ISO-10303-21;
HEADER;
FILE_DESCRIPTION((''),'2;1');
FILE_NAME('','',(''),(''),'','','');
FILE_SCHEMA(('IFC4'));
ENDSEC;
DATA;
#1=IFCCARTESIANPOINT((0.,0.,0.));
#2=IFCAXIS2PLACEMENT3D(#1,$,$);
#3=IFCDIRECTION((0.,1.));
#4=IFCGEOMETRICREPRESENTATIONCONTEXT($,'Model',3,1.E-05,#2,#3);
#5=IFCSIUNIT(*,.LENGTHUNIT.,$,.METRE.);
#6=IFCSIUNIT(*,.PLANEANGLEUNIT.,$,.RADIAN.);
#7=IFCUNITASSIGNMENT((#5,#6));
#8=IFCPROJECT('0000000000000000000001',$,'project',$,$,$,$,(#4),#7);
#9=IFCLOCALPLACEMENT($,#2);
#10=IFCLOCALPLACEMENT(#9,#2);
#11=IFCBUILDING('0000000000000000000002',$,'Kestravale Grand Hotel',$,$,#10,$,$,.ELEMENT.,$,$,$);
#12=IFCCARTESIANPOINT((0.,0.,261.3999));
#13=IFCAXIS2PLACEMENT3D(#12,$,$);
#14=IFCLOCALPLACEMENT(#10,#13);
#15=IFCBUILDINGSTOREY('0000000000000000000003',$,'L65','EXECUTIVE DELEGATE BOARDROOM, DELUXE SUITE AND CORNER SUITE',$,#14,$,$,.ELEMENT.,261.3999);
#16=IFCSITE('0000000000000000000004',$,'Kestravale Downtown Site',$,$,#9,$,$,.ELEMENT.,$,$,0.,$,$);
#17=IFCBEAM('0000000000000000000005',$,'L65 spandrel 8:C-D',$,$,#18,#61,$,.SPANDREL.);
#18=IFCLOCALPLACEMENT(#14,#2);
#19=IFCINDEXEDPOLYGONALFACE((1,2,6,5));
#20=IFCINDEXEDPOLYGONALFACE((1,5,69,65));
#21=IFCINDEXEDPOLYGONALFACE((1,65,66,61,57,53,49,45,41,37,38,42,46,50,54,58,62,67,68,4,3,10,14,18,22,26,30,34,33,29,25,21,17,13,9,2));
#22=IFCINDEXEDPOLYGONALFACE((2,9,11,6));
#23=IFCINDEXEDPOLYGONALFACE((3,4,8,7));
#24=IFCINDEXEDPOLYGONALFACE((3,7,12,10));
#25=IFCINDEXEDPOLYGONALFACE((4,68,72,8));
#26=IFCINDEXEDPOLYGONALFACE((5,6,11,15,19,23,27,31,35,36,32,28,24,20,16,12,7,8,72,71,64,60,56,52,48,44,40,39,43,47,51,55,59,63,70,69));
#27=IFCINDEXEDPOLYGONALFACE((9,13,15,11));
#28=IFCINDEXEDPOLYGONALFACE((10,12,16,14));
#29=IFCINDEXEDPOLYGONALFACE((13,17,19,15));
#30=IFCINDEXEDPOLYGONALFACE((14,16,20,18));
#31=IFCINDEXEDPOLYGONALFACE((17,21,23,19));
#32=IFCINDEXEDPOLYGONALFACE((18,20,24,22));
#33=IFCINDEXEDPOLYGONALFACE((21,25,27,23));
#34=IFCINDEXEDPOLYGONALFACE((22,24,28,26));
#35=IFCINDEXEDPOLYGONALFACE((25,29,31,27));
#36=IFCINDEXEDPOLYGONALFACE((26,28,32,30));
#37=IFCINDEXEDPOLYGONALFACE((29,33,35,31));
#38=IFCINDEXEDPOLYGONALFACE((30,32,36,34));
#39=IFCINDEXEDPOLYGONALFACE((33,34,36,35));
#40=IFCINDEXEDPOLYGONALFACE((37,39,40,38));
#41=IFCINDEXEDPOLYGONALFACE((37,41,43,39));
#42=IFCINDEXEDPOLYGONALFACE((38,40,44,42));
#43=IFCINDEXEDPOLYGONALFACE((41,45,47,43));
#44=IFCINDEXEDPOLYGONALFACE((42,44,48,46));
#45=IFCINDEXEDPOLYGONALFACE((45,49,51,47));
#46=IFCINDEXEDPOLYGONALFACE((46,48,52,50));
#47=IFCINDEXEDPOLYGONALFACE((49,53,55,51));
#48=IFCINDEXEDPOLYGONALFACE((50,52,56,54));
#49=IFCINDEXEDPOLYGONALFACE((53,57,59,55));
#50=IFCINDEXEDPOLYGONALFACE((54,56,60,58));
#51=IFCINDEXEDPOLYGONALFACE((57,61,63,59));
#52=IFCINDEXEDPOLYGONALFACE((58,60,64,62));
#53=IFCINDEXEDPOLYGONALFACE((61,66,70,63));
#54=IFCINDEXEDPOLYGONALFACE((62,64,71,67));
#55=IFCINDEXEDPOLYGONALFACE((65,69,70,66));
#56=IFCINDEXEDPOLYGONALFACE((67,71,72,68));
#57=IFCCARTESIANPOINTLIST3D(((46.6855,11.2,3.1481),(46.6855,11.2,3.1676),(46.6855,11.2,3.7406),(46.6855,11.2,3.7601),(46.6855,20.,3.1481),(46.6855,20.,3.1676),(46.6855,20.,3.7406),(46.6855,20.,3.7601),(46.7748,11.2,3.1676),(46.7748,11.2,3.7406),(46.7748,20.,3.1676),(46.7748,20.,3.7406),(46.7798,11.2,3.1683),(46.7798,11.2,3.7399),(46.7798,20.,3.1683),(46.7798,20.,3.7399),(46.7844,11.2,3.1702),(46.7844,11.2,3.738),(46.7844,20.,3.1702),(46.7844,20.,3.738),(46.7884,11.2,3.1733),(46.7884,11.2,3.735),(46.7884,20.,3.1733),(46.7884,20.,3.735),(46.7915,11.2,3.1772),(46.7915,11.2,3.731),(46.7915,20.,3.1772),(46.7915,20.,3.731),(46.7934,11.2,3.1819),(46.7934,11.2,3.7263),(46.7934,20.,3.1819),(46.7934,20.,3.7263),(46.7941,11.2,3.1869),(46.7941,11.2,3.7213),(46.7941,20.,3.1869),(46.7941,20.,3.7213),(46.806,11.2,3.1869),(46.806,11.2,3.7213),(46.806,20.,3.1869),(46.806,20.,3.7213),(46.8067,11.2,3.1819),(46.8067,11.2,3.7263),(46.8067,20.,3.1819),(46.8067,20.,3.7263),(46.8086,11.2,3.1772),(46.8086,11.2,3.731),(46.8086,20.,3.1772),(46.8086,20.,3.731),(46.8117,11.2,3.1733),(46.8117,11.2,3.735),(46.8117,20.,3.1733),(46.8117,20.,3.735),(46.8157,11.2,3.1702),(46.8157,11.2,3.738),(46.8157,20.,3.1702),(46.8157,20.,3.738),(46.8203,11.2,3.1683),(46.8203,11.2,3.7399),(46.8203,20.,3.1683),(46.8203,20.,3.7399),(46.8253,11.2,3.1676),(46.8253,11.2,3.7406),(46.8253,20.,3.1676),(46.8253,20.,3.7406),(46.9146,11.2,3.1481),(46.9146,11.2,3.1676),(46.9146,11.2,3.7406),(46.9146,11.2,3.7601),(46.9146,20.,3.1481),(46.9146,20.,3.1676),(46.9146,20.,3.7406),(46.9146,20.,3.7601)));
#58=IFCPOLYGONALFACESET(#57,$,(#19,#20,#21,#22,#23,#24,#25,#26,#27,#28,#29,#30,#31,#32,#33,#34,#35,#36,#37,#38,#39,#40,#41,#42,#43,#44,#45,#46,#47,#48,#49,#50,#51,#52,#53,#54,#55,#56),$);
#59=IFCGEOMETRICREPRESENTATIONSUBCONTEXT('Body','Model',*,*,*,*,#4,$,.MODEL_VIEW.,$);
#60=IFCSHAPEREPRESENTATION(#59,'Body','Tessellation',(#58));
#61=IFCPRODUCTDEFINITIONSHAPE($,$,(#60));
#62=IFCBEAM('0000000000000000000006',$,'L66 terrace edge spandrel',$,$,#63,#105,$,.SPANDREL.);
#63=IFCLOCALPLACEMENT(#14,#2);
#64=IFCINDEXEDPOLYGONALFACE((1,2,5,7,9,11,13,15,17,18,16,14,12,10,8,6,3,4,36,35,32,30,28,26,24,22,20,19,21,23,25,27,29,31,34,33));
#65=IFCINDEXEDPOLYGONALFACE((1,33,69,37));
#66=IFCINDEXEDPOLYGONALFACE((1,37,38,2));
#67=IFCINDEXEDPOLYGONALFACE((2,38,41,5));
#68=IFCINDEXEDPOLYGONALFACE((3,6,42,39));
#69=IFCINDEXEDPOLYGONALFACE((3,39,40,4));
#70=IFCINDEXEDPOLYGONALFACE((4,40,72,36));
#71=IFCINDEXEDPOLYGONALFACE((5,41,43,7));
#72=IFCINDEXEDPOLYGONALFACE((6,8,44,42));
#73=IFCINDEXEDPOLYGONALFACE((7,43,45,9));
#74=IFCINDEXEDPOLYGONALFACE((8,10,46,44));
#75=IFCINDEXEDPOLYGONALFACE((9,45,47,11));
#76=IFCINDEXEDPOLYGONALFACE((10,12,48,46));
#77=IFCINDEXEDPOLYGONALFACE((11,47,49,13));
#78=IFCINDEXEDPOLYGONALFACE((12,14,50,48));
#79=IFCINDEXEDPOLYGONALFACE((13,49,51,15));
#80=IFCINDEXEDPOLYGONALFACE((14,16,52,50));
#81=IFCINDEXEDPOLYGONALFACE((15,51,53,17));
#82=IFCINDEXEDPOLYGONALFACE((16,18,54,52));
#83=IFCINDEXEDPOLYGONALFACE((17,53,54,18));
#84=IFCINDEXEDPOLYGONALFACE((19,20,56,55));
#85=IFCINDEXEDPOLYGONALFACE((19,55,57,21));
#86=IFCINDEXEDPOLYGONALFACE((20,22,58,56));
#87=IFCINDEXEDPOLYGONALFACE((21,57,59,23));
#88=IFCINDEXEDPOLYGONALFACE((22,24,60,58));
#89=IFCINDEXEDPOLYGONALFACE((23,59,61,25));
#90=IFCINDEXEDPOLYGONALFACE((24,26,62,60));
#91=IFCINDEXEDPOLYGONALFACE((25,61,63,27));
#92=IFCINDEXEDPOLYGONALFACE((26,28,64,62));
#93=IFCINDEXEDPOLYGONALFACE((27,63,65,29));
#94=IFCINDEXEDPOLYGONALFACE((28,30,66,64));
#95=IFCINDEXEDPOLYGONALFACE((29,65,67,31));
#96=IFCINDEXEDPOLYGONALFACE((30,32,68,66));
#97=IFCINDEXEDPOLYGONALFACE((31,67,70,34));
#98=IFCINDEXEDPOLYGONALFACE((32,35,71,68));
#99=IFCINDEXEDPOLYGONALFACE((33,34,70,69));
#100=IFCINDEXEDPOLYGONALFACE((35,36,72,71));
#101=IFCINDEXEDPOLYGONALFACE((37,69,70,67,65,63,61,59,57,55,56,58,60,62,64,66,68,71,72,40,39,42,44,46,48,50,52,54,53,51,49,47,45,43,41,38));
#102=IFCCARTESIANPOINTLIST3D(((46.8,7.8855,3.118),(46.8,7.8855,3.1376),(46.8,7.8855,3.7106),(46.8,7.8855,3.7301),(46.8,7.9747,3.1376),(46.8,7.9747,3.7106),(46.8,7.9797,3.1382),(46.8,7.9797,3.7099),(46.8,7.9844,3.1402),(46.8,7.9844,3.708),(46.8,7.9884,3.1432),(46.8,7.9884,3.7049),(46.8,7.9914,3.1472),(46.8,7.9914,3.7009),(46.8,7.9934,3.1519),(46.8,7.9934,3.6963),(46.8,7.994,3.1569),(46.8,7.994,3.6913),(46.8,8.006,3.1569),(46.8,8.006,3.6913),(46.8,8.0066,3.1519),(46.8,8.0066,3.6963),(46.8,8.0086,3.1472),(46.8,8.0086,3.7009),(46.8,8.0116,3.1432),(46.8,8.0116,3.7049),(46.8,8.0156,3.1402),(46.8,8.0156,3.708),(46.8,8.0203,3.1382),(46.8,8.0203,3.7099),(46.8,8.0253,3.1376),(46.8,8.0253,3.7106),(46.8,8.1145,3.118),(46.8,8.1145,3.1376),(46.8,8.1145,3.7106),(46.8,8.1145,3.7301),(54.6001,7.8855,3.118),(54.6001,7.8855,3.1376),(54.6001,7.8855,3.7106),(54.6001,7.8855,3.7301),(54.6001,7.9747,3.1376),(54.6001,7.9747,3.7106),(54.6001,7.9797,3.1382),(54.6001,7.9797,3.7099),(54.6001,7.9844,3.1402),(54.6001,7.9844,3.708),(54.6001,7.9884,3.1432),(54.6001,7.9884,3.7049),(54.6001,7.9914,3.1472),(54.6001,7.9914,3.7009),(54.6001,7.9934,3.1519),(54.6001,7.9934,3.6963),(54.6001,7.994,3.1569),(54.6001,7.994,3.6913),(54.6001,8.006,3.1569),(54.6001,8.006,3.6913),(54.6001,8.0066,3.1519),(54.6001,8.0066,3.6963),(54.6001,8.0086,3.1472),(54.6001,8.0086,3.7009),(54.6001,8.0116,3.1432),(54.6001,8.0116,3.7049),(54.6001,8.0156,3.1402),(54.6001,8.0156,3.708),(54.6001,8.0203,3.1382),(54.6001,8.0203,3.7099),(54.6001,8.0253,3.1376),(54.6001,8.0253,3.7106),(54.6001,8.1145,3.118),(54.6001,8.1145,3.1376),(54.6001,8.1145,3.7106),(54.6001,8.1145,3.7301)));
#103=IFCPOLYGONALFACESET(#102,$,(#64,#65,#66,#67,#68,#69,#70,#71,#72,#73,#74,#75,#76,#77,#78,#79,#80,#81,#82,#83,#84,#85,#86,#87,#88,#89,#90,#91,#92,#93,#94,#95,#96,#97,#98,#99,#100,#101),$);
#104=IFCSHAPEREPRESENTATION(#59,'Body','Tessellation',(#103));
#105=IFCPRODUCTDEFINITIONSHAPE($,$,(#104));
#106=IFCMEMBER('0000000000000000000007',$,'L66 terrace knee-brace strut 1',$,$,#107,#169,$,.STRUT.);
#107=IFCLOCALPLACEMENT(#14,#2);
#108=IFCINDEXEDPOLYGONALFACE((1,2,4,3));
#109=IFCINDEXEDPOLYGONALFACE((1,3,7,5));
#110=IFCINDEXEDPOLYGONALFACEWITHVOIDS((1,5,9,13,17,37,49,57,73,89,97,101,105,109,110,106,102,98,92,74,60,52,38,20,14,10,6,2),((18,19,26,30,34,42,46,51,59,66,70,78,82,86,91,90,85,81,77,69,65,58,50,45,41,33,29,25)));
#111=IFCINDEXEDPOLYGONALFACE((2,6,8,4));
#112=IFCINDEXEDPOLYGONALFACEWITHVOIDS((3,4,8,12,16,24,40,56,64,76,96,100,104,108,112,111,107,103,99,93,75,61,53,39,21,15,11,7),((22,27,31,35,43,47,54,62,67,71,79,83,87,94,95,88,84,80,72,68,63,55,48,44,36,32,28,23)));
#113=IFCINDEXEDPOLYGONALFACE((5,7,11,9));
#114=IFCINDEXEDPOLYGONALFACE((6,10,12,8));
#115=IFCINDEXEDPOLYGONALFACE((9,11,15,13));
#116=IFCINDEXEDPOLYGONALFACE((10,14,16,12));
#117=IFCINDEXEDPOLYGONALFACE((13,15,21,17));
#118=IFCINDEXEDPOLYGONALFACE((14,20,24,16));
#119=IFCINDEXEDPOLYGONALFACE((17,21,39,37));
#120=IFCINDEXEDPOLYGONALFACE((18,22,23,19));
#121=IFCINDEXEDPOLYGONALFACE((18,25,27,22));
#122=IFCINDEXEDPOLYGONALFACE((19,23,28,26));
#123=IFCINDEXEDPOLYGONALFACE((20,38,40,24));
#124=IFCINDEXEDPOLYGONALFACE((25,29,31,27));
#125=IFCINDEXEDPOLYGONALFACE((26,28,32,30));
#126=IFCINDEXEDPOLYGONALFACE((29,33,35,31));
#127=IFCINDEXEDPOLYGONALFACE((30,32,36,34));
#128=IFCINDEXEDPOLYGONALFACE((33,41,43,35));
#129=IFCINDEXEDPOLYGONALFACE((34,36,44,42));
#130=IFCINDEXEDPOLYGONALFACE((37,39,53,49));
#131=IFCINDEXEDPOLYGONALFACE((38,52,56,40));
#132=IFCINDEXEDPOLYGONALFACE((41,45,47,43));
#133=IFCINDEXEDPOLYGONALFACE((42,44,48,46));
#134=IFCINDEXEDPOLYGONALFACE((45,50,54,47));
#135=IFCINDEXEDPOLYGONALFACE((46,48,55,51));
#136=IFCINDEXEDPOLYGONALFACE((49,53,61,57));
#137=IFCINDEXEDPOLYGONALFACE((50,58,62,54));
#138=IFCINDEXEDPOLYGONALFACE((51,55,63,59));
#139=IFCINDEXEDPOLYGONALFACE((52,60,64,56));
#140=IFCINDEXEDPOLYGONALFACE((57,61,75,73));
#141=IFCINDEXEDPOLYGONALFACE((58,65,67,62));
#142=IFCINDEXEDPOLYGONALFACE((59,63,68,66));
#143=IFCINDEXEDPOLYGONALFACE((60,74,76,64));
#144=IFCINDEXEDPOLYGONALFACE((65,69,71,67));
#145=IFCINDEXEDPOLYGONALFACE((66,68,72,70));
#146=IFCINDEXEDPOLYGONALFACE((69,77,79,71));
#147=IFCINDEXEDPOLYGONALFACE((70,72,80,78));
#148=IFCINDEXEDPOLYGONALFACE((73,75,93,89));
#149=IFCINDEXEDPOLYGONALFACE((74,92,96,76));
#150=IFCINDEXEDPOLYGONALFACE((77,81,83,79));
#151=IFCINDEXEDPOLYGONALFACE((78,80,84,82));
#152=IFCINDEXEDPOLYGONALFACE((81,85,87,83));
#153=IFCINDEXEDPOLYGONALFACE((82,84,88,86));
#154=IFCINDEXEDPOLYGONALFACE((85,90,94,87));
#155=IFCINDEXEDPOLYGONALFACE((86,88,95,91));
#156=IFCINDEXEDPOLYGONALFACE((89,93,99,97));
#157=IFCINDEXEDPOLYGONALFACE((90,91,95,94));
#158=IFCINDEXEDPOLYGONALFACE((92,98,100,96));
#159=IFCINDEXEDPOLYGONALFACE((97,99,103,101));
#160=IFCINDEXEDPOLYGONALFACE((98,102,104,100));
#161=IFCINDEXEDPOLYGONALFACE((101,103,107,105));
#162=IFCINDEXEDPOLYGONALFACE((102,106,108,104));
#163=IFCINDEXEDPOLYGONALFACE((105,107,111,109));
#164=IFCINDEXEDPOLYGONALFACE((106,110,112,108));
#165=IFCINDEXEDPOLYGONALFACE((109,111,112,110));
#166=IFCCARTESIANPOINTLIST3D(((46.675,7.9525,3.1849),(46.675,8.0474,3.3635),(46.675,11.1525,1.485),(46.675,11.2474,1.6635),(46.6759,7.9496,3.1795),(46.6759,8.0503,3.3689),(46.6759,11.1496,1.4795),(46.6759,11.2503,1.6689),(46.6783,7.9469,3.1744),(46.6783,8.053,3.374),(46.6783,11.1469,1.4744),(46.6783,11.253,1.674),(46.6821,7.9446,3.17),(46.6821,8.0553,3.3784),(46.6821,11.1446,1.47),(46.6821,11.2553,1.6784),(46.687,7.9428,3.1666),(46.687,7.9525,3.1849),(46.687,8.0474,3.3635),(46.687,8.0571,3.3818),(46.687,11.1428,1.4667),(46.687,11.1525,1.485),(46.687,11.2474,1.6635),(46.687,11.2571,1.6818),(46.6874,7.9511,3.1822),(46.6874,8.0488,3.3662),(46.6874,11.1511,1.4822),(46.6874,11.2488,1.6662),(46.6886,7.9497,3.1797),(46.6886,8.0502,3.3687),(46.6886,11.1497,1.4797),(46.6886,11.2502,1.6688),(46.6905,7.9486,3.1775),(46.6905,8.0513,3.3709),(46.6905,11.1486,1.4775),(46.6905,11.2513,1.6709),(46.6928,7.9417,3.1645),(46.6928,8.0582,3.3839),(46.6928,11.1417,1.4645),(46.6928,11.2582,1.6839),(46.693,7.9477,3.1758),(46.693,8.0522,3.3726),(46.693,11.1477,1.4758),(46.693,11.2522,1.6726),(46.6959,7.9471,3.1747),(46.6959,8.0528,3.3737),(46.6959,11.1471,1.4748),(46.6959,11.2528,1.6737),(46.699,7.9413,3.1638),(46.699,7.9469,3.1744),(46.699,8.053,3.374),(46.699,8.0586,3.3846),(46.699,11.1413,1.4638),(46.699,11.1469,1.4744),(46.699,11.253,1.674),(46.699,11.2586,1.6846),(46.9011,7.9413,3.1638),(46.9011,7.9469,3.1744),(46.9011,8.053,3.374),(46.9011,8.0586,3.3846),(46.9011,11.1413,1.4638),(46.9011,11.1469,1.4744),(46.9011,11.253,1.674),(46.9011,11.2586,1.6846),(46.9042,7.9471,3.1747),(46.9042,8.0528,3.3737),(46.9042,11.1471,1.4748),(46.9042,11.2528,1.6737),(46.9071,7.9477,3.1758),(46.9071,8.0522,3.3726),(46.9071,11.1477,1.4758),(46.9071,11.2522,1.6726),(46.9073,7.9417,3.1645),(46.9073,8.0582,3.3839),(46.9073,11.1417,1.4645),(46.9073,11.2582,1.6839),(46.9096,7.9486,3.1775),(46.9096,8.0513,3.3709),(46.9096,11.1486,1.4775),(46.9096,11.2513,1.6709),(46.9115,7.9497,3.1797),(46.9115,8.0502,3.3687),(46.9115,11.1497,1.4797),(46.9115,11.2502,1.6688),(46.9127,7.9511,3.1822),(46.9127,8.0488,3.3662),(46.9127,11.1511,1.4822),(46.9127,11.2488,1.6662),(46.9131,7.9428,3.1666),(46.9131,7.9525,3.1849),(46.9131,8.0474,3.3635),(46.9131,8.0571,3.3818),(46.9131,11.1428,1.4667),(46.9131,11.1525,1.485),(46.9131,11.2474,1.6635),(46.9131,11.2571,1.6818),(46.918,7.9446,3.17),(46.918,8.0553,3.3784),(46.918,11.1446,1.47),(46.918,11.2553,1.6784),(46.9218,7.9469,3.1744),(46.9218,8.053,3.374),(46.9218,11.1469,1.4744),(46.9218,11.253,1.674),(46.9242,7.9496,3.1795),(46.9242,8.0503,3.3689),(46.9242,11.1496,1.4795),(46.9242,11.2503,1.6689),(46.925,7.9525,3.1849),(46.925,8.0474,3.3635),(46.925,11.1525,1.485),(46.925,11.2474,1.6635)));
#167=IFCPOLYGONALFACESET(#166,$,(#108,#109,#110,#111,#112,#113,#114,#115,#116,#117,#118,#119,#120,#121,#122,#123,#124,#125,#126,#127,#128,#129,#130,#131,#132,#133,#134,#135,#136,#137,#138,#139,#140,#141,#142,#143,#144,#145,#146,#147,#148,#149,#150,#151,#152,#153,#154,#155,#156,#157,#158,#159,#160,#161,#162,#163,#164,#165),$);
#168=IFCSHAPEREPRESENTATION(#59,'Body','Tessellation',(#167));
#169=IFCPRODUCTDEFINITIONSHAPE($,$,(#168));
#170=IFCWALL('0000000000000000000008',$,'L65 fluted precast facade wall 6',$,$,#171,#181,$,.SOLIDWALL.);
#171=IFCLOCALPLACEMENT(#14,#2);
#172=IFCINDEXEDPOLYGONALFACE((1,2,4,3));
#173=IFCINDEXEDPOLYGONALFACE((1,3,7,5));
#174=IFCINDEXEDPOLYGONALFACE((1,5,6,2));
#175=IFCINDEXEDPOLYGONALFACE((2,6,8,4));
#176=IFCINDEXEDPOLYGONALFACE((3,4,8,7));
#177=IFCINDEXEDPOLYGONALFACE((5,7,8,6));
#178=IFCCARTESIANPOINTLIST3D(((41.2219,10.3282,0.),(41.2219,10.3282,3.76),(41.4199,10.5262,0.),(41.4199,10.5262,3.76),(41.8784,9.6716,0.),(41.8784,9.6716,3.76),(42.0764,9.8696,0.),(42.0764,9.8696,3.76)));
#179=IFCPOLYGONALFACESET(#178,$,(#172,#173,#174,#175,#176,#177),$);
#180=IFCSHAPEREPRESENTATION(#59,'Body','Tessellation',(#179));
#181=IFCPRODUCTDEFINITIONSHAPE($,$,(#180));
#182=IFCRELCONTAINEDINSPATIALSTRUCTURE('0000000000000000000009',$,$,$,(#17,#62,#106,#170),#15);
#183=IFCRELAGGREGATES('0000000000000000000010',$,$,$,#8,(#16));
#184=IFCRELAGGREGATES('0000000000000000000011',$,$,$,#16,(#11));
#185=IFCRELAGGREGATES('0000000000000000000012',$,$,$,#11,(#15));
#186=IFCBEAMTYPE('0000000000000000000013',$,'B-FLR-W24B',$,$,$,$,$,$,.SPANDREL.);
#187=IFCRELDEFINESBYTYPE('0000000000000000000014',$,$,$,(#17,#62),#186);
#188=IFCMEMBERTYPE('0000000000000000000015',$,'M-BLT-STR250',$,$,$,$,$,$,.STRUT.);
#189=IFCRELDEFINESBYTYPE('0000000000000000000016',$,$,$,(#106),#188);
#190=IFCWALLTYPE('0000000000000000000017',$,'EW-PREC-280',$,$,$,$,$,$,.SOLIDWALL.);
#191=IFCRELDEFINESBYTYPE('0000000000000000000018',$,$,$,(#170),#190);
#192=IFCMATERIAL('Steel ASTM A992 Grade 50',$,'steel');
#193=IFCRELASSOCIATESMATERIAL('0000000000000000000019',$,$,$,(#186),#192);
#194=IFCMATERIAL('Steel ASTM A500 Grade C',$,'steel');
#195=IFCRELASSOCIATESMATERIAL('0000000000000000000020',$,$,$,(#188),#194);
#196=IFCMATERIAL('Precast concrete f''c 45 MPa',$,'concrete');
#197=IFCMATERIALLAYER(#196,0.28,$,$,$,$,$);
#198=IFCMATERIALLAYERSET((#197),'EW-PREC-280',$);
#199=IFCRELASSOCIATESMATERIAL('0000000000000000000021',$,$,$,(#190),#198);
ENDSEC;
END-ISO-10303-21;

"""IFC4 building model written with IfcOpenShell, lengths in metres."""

from ifc_helpers import new_model, si_unit, direction, frame, frame_2d, origin, origin_2d, place, context, subcontext, project, spatial, rectangle, hollow_rectangle, i_section, extrude, material, layer, layer_set, material_profile, profile_set, type_object, element, save


model = new_model("IFC4")

# Units and contexts
model_context = context("Model", 3, precision=1e-05, world=origin(), true_north=direction((0.0, 1.0)))
body_context = subcontext(model_context, "Body", "Model", "MODEL_VIEW")
ifc_project = project(units=[si_unit("LENGTHUNIT", "METRE"), si_unit("PLANEANGLEUNIT", "RADIAN")], contexts=[model_context])

# Site, building, storey
site_placement = place(None, origin())
site = spatial("IfcSite", under=ifc_project, at=site_placement, Name="Kestravale Downtown Site", CompositionType="ELEMENT", RefElevation=0.0)
building_placement = place(site_placement, origin())
building = spatial("IfcBuilding", under=site, at=building_placement, Name="Kestravale Grand Hotel", CompositionType="ELEMENT")
storey_placement = place(building_placement, frame((0.0, 0.0, 261.3999)))
storey = spatial("IfcBuildingStorey", under=building, at=storey_placement, Name="L65", Description="EXECUTIVE DELEGATE BOARDROOM, DELUXE SUITE AND CORNER SUITE", CompositionType="ELEMENT", Elevation=261.3999)

# Beams
ifc_material_1 = material(Name="Steel ASTM A992 Grade 50", Category="steel")
ifc_material_profile_1 = material_profile(ifc_material_1, i_section(OverallWidth=0.229, OverallDepth=0.6121, WebThickness=0.012, FlangeThickness=0.0195, FilletRadius=0.0193, at=origin_2d()))
ifc_profile_set_1 = profile_set([ifc_material_profile_1], Name="Steel ASTM A992 Grade 50")
beam_type_1 = type_object("IfcBeamType", Name="B-FLR-W24B", PredefinedType="SPANDREL", material=ifc_profile_set_1)
beam_1_placement = place(storey_placement, frame((46.8, 11.2, 3.4541), z_axis=(0.0, 1.0, 0.0), x_axis=(-1.0, 0.0, 0.0)))
element("IfcBeam", 1, at=beam_1_placement, inside=storey, type_object=beam_type_1, Name="L65 spandrel 8:C-D", PredefinedType="SPANDREL", context=body_context, shape_type="SweptSolid", body=[
    extrude(i_section(OverallWidth=0.229, OverallDepth=0.6121, WebThickness=0.012, FlangeThickness=0.0195, FilletRadius=0.0193, at=origin_2d()), origin(), (0.0, 0.0, 1.0), 8.8),
])
beam_2_placement = place(storey_placement, frame((46.8, 8.0, 3.4241), z_axis=(1.0, 0.0, 0.0), x_axis=(0.0, 1.0, 0.0)))
element("IfcBeam", 2, at=beam_2_placement, inside=storey, type_object=beam_type_1, Name="L66 terrace edge spandrel", PredefinedType="SPANDREL", context=body_context, shape_type="SweptSolid", body=[
    extrude(i_section(OverallWidth=0.229, OverallDepth=0.6121, WebThickness=0.012, FlangeThickness=0.0195, FilletRadius=0.0193, at=origin_2d()), origin(), (0.0, 0.0, 1.0), 7.8),
])

# Member
ifc_material_2 = material(Name="Steel ASTM A500 Grade C", Category="steel")
ifc_material_profile_2 = material_profile(ifc_material_2, hollow_rectangle(XDim=0.25, YDim=0.25, WallThickness=0.012, InnerFilletRadius=0.012, OuterFilletRadius=0.0239, at=origin_2d()))
ifc_profile_set_2 = profile_set([ifc_material_profile_2], Name="Steel ASTM A500 Grade C")
member_type = type_object("IfcMemberType", Name="M-BLT-STR250", PredefinedType="STRUT", material=ifc_profile_set_2)
member_placement = place(storey_placement, frame((46.8, 11.2, 1.5742), z_axis=(0.0, -0.883118, 0.46915), x_axis=(1.0, 0.0, 0.0)))
element("IfcMember", 3, at=member_placement, inside=storey, type_object=member_type, Name="L66 terrace knee-brace strut 1", PredefinedType="STRUT", context=body_context, shape_type="SweptSolid", body=[
    extrude(hollow_rectangle(XDim=0.25, YDim=0.25, WallThickness=0.012, InnerFilletRadius=0.012, OuterFilletRadius=0.0239, at=origin_2d()), origin(), (0.0, 0.0, 1.0), 3.6235),
])

# Wall
ifc_material_3 = material(Name="Precast concrete f'c 45 MPa", Category="concrete")
ifc_layer_1 = layer(ifc_material_3, 0.28)
ifc_layer_set_1 = layer_set([ifc_layer_1], Name="EW-PREC-280")
wall_type_1 = type_object("IfcWallType", Name="EW-PREC-280", PredefinedType="SOLIDWALL", material=ifc_layer_set_1)
wall_1_placement = place(storey_placement, frame((41.3208, 10.4272, 0.0), z_axis=(0.0, 0.0, 1.0), x_axis=(0.707107, -0.707107, 0.0)))
element("IfcWall", 4, at=wall_1_placement, inside=storey, type_object=wall_type_1, Name="L65 fluted precast facade wall 6", PredefinedType="SOLIDWALL", context=body_context, shape_type="SweptSolid", body=[
    extrude(rectangle(XDim=0.9285, YDim=0.28, at=frame_2d((0.4644, 0.0))), origin(), (0.0, 0.0, 1.0), 3.76),
])

save(model, "model.ifc")
